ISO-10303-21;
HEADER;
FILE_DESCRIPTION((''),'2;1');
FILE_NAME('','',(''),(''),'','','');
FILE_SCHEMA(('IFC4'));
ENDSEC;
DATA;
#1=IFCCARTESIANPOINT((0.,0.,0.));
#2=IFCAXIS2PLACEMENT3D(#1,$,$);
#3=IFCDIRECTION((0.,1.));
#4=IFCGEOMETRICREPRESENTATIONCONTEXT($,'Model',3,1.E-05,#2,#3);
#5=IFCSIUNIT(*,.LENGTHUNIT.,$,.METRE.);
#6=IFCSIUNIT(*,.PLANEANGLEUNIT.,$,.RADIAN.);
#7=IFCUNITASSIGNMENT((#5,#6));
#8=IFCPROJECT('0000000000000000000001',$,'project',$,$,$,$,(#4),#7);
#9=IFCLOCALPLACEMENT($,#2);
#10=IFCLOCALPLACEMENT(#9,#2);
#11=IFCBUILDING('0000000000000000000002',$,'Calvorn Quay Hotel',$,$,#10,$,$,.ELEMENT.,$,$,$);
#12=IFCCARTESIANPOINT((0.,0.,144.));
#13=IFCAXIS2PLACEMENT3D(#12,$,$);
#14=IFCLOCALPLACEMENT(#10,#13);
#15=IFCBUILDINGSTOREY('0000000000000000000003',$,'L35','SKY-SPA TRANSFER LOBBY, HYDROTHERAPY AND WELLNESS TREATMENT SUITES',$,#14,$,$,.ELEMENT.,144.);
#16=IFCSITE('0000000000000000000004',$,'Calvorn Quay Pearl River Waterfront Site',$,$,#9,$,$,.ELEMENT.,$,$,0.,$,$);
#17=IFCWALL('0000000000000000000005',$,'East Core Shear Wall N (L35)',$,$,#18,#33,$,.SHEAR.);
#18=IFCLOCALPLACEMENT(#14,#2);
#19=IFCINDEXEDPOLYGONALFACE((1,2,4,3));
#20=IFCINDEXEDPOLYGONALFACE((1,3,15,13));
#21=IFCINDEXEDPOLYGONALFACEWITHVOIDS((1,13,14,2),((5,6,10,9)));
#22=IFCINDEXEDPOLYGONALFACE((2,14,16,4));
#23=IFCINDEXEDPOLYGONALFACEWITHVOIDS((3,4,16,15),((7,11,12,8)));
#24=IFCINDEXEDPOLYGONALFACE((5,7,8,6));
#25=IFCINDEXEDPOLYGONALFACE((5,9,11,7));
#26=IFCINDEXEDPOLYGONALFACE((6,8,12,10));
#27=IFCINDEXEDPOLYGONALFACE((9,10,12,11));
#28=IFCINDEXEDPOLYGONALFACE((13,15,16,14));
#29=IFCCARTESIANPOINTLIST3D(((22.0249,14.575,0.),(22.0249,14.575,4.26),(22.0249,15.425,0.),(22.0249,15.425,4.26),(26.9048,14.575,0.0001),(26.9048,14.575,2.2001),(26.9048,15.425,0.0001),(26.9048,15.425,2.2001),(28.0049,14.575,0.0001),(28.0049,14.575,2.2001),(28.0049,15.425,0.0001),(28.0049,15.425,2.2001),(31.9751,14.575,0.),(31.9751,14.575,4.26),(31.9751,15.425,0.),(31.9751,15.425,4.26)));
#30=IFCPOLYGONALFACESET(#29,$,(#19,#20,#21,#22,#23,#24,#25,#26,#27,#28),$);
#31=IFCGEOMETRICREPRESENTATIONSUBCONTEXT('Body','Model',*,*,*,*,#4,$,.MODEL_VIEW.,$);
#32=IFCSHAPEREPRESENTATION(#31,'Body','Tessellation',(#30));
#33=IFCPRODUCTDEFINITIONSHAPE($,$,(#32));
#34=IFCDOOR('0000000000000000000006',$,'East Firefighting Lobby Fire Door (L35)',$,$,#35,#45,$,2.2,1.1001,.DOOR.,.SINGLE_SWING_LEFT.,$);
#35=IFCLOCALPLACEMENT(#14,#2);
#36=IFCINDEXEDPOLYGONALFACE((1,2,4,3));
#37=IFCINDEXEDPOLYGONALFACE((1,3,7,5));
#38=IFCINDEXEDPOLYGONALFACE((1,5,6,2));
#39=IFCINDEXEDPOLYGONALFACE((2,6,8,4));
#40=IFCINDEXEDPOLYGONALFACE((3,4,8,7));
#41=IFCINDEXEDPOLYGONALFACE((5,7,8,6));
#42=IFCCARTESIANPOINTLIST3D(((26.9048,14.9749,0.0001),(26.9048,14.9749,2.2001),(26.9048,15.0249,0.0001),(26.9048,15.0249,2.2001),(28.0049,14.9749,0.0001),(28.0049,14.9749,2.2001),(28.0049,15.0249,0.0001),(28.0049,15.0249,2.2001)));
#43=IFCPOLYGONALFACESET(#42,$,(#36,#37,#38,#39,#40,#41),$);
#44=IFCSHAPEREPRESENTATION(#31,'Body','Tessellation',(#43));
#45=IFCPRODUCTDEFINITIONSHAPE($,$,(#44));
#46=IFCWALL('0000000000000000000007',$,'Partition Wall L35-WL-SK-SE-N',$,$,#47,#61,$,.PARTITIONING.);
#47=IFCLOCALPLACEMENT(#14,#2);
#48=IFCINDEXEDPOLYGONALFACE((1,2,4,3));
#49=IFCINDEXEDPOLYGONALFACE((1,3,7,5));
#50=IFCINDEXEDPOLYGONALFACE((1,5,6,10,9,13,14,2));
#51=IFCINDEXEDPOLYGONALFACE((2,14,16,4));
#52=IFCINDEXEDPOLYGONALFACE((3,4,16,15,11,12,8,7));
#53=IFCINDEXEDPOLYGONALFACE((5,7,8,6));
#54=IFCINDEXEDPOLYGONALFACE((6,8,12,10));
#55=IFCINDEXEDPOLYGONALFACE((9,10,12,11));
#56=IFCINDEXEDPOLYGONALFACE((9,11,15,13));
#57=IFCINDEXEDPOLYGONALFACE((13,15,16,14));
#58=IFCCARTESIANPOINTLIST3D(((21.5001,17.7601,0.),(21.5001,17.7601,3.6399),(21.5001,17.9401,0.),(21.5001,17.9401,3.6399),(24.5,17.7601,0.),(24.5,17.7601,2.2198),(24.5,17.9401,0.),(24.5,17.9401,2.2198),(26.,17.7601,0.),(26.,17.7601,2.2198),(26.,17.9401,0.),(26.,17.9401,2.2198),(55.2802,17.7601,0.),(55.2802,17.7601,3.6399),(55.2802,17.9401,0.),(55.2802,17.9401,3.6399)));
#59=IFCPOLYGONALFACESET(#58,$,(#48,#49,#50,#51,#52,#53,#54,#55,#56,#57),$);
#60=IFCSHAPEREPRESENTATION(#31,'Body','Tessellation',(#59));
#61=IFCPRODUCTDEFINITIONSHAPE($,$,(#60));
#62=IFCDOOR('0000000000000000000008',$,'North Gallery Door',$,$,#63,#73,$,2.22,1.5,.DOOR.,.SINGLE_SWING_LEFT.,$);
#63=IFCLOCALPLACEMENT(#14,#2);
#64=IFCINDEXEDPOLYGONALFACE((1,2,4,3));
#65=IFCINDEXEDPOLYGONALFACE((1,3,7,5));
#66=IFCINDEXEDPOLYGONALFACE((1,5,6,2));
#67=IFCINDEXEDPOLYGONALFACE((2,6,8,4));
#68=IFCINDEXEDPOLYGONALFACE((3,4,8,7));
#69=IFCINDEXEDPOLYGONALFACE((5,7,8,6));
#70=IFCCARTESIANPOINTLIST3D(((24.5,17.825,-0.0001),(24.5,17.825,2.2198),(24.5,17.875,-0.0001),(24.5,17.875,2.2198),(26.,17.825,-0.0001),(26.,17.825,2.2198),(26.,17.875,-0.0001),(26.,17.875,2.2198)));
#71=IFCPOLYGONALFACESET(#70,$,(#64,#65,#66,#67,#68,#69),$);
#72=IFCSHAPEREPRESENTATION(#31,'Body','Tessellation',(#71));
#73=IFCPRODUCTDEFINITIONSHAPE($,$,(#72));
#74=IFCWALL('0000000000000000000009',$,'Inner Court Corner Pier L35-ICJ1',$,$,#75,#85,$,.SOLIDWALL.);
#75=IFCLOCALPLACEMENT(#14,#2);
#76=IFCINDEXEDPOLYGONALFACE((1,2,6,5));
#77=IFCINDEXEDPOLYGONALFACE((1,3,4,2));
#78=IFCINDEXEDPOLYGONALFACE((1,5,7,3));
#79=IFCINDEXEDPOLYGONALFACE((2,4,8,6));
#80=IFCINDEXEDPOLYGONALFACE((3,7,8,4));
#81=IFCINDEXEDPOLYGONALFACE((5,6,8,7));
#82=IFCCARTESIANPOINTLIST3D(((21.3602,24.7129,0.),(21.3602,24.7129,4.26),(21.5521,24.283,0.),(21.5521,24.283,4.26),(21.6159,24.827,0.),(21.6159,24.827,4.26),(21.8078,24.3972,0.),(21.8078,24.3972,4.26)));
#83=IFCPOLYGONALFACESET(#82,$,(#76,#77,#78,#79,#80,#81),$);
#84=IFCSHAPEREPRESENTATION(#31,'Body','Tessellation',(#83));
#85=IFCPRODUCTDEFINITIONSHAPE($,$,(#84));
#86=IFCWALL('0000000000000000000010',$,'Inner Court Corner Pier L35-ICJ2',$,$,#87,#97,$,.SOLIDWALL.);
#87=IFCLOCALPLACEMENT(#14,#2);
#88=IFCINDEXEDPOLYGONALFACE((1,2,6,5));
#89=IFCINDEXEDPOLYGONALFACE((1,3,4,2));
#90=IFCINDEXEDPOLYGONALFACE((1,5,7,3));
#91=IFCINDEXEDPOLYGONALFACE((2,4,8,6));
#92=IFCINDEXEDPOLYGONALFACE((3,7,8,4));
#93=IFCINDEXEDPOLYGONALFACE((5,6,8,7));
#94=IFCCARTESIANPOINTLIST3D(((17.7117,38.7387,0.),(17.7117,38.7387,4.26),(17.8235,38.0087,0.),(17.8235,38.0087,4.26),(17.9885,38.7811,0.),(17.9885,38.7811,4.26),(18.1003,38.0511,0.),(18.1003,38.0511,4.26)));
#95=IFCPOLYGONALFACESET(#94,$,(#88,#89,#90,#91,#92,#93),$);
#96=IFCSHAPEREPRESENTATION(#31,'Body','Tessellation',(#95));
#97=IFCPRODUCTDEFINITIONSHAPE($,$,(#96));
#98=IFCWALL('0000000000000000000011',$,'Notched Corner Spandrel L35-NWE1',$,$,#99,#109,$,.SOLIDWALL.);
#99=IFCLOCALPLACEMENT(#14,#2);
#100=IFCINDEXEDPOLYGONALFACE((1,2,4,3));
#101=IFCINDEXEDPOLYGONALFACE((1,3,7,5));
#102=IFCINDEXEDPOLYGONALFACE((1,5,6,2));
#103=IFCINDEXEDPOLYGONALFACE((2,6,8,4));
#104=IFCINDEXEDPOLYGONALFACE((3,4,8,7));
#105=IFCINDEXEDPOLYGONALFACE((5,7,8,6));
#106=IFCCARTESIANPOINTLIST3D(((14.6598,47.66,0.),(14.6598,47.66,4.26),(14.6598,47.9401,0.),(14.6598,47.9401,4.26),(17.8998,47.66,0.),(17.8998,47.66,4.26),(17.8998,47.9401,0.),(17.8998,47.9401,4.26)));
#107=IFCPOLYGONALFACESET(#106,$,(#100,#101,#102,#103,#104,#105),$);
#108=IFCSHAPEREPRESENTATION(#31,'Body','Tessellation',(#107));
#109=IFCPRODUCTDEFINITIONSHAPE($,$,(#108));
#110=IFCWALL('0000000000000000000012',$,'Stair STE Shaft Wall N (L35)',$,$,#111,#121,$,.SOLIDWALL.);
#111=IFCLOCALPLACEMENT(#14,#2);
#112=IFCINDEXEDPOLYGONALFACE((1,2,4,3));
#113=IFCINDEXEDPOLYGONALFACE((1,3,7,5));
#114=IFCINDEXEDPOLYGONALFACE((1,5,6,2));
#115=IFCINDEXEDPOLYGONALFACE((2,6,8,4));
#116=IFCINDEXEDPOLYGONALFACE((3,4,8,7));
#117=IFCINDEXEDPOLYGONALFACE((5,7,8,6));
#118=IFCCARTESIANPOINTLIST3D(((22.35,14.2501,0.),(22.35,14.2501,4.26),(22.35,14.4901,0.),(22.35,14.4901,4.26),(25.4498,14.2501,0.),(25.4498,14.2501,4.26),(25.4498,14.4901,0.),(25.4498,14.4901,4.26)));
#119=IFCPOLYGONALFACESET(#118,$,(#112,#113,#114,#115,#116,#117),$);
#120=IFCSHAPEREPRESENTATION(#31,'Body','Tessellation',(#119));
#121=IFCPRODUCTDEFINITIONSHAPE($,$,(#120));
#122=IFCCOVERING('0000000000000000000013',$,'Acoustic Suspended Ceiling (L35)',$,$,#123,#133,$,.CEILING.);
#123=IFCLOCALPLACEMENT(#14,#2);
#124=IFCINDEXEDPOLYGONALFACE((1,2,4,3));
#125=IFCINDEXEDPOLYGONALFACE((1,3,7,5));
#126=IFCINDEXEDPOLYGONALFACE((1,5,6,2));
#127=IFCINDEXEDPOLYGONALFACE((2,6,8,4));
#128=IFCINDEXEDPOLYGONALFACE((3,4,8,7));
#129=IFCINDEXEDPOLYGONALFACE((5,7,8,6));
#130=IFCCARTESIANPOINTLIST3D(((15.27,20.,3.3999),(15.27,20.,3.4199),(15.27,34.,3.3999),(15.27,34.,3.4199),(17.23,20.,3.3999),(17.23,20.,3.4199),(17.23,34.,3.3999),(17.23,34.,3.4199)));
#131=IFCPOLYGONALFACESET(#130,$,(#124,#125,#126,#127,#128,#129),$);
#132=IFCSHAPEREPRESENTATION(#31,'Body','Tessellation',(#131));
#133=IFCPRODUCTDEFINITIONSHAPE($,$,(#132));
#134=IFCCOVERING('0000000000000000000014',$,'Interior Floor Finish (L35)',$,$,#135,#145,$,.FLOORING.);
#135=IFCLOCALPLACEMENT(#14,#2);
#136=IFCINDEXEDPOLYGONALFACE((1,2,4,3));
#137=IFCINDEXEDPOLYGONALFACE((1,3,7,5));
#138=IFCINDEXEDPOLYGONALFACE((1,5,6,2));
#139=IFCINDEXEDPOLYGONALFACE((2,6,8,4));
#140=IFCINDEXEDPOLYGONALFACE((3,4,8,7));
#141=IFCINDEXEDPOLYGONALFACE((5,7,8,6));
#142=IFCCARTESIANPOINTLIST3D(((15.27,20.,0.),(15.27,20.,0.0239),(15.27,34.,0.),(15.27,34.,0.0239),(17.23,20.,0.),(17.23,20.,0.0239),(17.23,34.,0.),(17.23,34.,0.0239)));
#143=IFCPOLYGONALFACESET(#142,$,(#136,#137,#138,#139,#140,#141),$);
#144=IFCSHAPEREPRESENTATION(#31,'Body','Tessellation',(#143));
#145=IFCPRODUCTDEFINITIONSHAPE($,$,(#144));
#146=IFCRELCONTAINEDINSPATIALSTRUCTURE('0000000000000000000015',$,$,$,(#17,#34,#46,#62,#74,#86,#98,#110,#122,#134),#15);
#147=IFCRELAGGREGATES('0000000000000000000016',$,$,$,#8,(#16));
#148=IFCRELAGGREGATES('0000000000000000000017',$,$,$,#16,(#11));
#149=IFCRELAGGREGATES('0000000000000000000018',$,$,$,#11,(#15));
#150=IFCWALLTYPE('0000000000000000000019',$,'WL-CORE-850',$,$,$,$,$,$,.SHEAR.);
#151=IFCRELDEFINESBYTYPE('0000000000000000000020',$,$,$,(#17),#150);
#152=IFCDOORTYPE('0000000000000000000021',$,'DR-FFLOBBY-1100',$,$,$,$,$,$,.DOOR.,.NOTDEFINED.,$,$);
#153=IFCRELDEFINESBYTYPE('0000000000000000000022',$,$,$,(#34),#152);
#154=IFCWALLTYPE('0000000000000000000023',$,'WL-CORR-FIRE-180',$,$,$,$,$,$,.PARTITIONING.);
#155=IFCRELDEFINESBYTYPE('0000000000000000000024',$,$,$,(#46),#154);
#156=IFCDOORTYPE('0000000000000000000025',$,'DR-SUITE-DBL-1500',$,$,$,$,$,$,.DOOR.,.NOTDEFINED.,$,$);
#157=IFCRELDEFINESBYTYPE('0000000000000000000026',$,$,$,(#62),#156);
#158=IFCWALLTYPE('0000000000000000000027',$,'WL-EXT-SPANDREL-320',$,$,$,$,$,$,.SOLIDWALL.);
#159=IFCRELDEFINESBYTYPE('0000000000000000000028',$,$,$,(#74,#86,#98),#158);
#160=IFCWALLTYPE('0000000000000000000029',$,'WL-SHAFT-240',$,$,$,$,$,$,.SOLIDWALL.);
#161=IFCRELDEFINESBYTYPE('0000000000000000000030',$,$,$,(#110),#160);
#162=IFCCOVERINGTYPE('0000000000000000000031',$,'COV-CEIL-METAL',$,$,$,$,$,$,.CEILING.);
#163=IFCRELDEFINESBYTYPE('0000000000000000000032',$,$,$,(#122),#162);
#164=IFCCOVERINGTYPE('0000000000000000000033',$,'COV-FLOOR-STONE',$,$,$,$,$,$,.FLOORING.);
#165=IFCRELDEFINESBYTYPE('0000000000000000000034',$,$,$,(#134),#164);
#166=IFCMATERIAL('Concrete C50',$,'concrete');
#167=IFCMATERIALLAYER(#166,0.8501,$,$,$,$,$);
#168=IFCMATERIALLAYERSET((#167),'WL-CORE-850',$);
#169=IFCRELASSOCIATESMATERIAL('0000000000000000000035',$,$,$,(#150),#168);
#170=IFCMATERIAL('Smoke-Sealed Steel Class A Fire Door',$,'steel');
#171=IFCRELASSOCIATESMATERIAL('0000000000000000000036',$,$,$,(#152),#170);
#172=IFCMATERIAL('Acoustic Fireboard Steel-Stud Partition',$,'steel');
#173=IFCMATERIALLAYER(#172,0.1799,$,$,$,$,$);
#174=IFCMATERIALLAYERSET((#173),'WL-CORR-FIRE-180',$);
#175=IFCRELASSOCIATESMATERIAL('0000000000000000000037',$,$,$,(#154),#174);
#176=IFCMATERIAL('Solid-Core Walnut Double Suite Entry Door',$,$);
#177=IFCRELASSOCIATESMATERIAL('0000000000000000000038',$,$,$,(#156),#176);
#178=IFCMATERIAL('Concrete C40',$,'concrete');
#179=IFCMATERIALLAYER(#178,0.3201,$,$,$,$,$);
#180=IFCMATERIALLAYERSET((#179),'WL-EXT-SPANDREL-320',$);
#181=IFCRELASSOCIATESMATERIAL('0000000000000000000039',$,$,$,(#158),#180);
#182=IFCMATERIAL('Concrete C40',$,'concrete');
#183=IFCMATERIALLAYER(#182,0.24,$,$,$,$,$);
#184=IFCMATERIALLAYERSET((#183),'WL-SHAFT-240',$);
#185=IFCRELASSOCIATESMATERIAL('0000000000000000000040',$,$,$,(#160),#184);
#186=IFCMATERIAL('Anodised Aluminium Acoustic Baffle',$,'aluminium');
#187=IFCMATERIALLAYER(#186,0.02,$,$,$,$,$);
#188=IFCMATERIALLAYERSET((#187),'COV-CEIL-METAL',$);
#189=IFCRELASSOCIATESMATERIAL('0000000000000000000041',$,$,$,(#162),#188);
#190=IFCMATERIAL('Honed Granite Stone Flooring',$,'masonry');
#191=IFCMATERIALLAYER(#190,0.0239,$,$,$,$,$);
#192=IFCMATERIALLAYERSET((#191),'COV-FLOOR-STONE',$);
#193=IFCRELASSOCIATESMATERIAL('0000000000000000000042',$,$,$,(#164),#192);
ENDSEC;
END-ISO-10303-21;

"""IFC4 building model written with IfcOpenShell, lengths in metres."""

from ifc_helpers import new_model, si_unit, direction, frame, frame_2d, origin, origin_2d, place, context, subcontext, project, spatial, rectangle, extrude, material, layer, layer_set, type_object, element, fill, save


model = new_model("IFC4")

# Units and contexts
model_context = context("Model", 3, precision=1e-05, world=origin(), true_north=direction((0.0, 1.0)))
body_context = subcontext(model_context, "Body", "Model", "MODEL_VIEW")
ifc_project = project(units=[si_unit("LENGTHUNIT", "METRE"), si_unit("PLANEANGLEUNIT", "RADIAN")], contexts=[model_context])

# Site, building, storey
site_placement = place(None, origin())
site = spatial("IfcSite", under=ifc_project, at=site_placement, Name="Calvorn Quay Pearl River Waterfront Site", CompositionType="ELEMENT", RefElevation=0.0)
building_placement = place(site_placement, origin())
building = spatial("IfcBuilding", under=site, at=building_placement, Name="Calvorn Quay Hotel", CompositionType="ELEMENT")
storey_placement = place(building_placement, frame((0.0, 0.0, 144.0)))
storey = spatial("IfcBuildingStorey", under=building, at=storey_placement, Name="L35", Description="SKY-SPA TRANSFER LOBBY, HYDROTHERAPY AND WELLNESS TREATMENT SUITES", CompositionType="ELEMENT", Elevation=144.0)

# Walls, openings, doors
ifc_material_1 = material(Name="Concrete C50", Category="concrete")
ifc_layer_1 = layer(ifc_material_1, 0.8501)
ifc_layer_set_1 = layer_set([ifc_layer_1], Name="WL-CORE-850")
wall_type_1 = type_object("IfcWallType", Name="WL-CORE-850", PredefinedType="SHEAR", material=ifc_layer_set_1)
wall_1_placement = place(storey_placement, frame((22.0249, 15.0, 0.0), z_axis=(0.0, 0.0, 1.0), x_axis=(1.0, 0.0, 0.0)))
wall_1 = element("IfcWall", 1, at=wall_1_placement, inside=storey, type_object=wall_type_1, Name="East Core Shear Wall N (L35)", PredefinedType="SHEAR", context=body_context, shape_type="SweptSolid", body=[
    extrude(rectangle(XDim=9.9502, YDim=0.8501, at=frame_2d((4.9751, 0.0))), origin(), (0.0, 0.0, 1.0), 4.26),
])
opening_1_placement = place(wall_1_placement, frame((4.8799, 0.0, 0.0)))
opening_1 = element("IfcOpeningElement", 2, at=opening_1_placement, cuts=wall_1, PredefinedType="OPENING", context=body_context, shape_type="SweptSolid", body=[
    extrude(rectangle(XDim=1.1001, YDim=2.2, at=frame_2d((0.55, 1.1001))), frame((0.0, 0.4351, 0.0), z_axis=(0.0, -1.0, 0.0), x_axis=(1.0, 0.0, 0.0)), (0.0, 0.0, 1.0), 0.8701),
])
ifc_material_2 = material(Name="Smoke-Sealed Steel Class A Fire Door", Category="steel")
door_type_1 = type_object("IfcDoorType", Name="DR-FFLOBBY-1100", OperationType="NOTDEFINED", PredefinedType="DOOR", material=ifc_material_2)
door_1_placement = place(opening_1_placement, origin())
door_1 = element("IfcDoor", 3, at=door_1_placement, inside=storey, type_object=door_type_1, Name="East Firefighting Lobby Fire Door (L35)", OperationType="SINGLE_SWING_LEFT", OverallHeight=2.2, OverallWidth=1.1001, PredefinedType="DOOR", context=body_context, shape_type="SweptSolid", body=[
    extrude(rectangle(XDim=1.1001, YDim=2.2, at=frame_2d((0.55, 1.1001))), frame((0.0, 0.0249, 0.0), z_axis=(0.0, -1.0, 0.0), x_axis=(1.0, 0.0, 0.0)), (0.0, 0.0, 1.0), 0.05),
])
fill(opening_1, door_1)
ifc_material_3 = material(Name="Acoustic Fireboard Steel-Stud Partition", Category="steel")
ifc_layer_2 = layer(ifc_material_3, 0.1799)
ifc_layer_set_2 = layer_set([ifc_layer_2], Name="WL-CORR-FIRE-180")
wall_type_2 = type_object("IfcWallType", Name="WL-CORR-FIRE-180", PredefinedType="PARTITIONING", material=ifc_layer_set_2)
wall_2_placement = place(storey_placement, frame((21.5, 17.8501, 0.0), z_axis=(0.0, 0.0, 1.0), x_axis=(1.0, 0.0, 0.0)))
wall_2 = element("IfcWall", 4, at=wall_2_placement, inside=storey, type_object=wall_type_2, Name="Partition Wall L35-WL-SK-SE-N", PredefinedType="PARTITIONING", context=body_context, shape_type="SweptSolid", body=[
    extrude(rectangle(XDim=33.78, YDim=0.1799, at=frame_2d((16.8901, 0.0))), origin(), (0.0, 0.0, 1.0), 3.6399),
])
opening_2_placement = place(wall_2_placement, frame((3.0, 0.0, 0.0)))
opening_2 = element("IfcOpeningElement", 5, at=opening_2_placement, cuts=wall_2, PredefinedType="OPENING", context=body_context, shape_type="SweptSolid", body=[
    extrude(rectangle(XDim=1.5, YDim=2.22, at=frame_2d((0.75, 1.1099))), frame((0.0, 0.0999, 0.0), z_axis=(0.0, -1.0, 0.0), x_axis=(1.0, 0.0, 0.0)), (0.0, 0.0, 1.0), 0.2),
])
ifc_material_4 = material(Name="Solid-Core Walnut Double Suite Entry Door")
door_type_2 = type_object("IfcDoorType", Name="DR-SUITE-DBL-1500", OperationType="NOTDEFINED", PredefinedType="DOOR", material=ifc_material_4)
door_2_placement = place(opening_2_placement, origin())
door_2 = element("IfcDoor", 6, at=door_2_placement, inside=storey, type_object=door_type_2, Name="North Gallery Door", OperationType="SINGLE_SWING_LEFT", OverallHeight=2.22, OverallWidth=1.5, PredefinedType="DOOR", context=body_context, shape_type="SweptSolid", body=[
    extrude(rectangle(XDim=1.5, YDim=2.22, at=frame_2d((0.75, 1.1099))), frame((0.0, 0.0249, 0.0), z_axis=(0.0, -1.0, 0.0), x_axis=(1.0, 0.0, 0.0)), (0.0, 0.0, 1.0), 0.05),
])
fill(opening_2, door_2)

# Walls
ifc_material_5 = material(Name="Concrete C40", Category="concrete")
ifc_layer_3 = layer(ifc_material_5, 0.3201)
ifc_layer_set_3 = layer_set([ifc_layer_3], Name="WL-EXT-SPANDREL-320")
wall_type_3 = type_object("IfcWallType", Name="WL-EXT-SPANDREL-320", PredefinedType="SOLIDWALL", material=ifc_layer_set_3)
wall_3_placement = place(storey_placement, frame((21.6799, 24.3401, 0.0), z_axis=(0.0, 0.0, 1.0), x_axis=(-0.407581, 0.913169, 0.0)))
element("IfcWall", 7, at=wall_3_placement, inside=storey, type_object=wall_type_3, Name="Inner Court Corner Pier L35-ICJ1", PredefinedType="SOLIDWALL", context=body_context, shape_type="SweptSolid", body=[
    extrude(rectangle(XDim=0.4707, YDim=0.28, at=frame_2d((0.2354, 0.0))), origin(), (0.0, 0.0, 1.0), 4.26),
])
wall_4_placement = place(storey_placement, frame((17.9619, 38.03, 0.0), z_axis=(0.0, 0.0, 1.0), x_axis=(-0.151411, 0.988471, 0.0)))
element("IfcWall", 8, at=wall_4_placement, inside=storey, type_object=wall_type_3, Name="Inner Court Corner Pier L35-ICJ2", PredefinedType="SOLIDWALL", context=body_context, shape_type="SweptSolid", body=[
    extrude(rectangle(XDim=0.7385, YDim=0.28, at=frame_2d((0.3691, 0.0))), origin(), (0.0, 0.0, 1.0), 4.26),
])
wall_5_placement = place(storey_placement, frame((17.8999, 47.8, 0.0), z_axis=(0.0, 0.0, 1.0), x_axis=(-1.0, 0.0, 0.0)))
element("IfcWall", 9, at=wall_5_placement, inside=storey, type_object=wall_type_3, Name="Notched Corner Spandrel L35-NWE1", PredefinedType="SOLIDWALL", context=body_context, shape_type="SweptSolid", body=[
    extrude(rectangle(XDim=3.24, YDim=0.28, at=frame_2d((1.6201, 0.0))), origin(), (0.0, 0.0, 1.0), 4.26),
])
ifc_material_6 = material(Name="Concrete C40", Category="concrete")
ifc_layer_4 = layer(ifc_material_6, 0.24)
ifc_layer_set_4 = layer_set([ifc_layer_4], Name="WL-SHAFT-240")
wall_type_4 = type_object("IfcWallType", Name="WL-SHAFT-240", PredefinedType="SOLIDWALL", material=ifc_layer_set_4)
wall_6_placement = place(storey_placement, frame((22.3501, 14.3701, 0.0), z_axis=(0.0, 0.0, 1.0), x_axis=(1.0, 0.0, 0.0)))
element("IfcWall", 10, at=wall_6_placement, inside=storey, type_object=wall_type_4, Name="Stair STE Shaft Wall N (L35)", PredefinedType="SOLIDWALL", context=body_context, shape_type="SweptSolid", body=[
    extrude(rectangle(XDim=3.0999, YDim=0.24, at=frame_2d((1.5498, 0.0))), origin(), (0.0, 0.0, 1.0), 4.26),
])

# Coverings
ifc_material_7 = material(Name="Anodised Aluminium Acoustic Baffle", Category="aluminium")
ifc_layer_5 = layer(ifc_material_7, 0.02)
ifc_layer_set_5 = layer_set([ifc_layer_5], Name="COV-CEIL-METAL")
covering_type_1 = type_object("IfcCoveringType", Name="COV-CEIL-METAL", PredefinedType="CEILING", material=ifc_layer_set_5)
covering_1_placement = place(storey_placement, frame((16.25, 27.0, 3.3999), z_axis=(0.0, 0.0, 1.0), x_axis=(1.0, 0.0, 0.0)))
element("IfcCovering", 11, at=covering_1_placement, inside=storey, type_object=covering_type_1, Name="Acoustic Suspended Ceiling (L35)", PredefinedType="CEILING", context=body_context, shape_type="SweptSolid", body=[
    extrude(rectangle(XDim=1.96, YDim=14.0, at=origin_2d()), origin(), (0.0, 0.0, 1.0), 0.02),
])
ifc_material_8 = material(Name="Honed Granite Stone Flooring", Category="masonry")
ifc_layer_6 = layer(ifc_material_8, 0.0239)
ifc_layer_set_6 = layer_set([ifc_layer_6], Name="COV-FLOOR-STONE")
covering_type_2 = type_object("IfcCoveringType", Name="COV-FLOOR-STONE", PredefinedType="FLOORING", material=ifc_layer_set_6)
covering_2_placement = place(storey_placement, frame((16.25, 27.0, 0.0), z_axis=(0.0, 0.0, 1.0), x_axis=(1.0, 0.0, 0.0)))
element("IfcCovering", 12, at=covering_2_placement, inside=storey, type_object=covering_type_2, Name="Interior Floor Finish (L35)", PredefinedType="FLOORING", context=body_context, shape_type="SweptSolid", body=[
    extrude(rectangle(XDim=1.96, YDim=14.0, at=origin_2d()), origin(), (0.0, 0.0, 1.0), 0.0239),
])

save(model, "model.ifc")
